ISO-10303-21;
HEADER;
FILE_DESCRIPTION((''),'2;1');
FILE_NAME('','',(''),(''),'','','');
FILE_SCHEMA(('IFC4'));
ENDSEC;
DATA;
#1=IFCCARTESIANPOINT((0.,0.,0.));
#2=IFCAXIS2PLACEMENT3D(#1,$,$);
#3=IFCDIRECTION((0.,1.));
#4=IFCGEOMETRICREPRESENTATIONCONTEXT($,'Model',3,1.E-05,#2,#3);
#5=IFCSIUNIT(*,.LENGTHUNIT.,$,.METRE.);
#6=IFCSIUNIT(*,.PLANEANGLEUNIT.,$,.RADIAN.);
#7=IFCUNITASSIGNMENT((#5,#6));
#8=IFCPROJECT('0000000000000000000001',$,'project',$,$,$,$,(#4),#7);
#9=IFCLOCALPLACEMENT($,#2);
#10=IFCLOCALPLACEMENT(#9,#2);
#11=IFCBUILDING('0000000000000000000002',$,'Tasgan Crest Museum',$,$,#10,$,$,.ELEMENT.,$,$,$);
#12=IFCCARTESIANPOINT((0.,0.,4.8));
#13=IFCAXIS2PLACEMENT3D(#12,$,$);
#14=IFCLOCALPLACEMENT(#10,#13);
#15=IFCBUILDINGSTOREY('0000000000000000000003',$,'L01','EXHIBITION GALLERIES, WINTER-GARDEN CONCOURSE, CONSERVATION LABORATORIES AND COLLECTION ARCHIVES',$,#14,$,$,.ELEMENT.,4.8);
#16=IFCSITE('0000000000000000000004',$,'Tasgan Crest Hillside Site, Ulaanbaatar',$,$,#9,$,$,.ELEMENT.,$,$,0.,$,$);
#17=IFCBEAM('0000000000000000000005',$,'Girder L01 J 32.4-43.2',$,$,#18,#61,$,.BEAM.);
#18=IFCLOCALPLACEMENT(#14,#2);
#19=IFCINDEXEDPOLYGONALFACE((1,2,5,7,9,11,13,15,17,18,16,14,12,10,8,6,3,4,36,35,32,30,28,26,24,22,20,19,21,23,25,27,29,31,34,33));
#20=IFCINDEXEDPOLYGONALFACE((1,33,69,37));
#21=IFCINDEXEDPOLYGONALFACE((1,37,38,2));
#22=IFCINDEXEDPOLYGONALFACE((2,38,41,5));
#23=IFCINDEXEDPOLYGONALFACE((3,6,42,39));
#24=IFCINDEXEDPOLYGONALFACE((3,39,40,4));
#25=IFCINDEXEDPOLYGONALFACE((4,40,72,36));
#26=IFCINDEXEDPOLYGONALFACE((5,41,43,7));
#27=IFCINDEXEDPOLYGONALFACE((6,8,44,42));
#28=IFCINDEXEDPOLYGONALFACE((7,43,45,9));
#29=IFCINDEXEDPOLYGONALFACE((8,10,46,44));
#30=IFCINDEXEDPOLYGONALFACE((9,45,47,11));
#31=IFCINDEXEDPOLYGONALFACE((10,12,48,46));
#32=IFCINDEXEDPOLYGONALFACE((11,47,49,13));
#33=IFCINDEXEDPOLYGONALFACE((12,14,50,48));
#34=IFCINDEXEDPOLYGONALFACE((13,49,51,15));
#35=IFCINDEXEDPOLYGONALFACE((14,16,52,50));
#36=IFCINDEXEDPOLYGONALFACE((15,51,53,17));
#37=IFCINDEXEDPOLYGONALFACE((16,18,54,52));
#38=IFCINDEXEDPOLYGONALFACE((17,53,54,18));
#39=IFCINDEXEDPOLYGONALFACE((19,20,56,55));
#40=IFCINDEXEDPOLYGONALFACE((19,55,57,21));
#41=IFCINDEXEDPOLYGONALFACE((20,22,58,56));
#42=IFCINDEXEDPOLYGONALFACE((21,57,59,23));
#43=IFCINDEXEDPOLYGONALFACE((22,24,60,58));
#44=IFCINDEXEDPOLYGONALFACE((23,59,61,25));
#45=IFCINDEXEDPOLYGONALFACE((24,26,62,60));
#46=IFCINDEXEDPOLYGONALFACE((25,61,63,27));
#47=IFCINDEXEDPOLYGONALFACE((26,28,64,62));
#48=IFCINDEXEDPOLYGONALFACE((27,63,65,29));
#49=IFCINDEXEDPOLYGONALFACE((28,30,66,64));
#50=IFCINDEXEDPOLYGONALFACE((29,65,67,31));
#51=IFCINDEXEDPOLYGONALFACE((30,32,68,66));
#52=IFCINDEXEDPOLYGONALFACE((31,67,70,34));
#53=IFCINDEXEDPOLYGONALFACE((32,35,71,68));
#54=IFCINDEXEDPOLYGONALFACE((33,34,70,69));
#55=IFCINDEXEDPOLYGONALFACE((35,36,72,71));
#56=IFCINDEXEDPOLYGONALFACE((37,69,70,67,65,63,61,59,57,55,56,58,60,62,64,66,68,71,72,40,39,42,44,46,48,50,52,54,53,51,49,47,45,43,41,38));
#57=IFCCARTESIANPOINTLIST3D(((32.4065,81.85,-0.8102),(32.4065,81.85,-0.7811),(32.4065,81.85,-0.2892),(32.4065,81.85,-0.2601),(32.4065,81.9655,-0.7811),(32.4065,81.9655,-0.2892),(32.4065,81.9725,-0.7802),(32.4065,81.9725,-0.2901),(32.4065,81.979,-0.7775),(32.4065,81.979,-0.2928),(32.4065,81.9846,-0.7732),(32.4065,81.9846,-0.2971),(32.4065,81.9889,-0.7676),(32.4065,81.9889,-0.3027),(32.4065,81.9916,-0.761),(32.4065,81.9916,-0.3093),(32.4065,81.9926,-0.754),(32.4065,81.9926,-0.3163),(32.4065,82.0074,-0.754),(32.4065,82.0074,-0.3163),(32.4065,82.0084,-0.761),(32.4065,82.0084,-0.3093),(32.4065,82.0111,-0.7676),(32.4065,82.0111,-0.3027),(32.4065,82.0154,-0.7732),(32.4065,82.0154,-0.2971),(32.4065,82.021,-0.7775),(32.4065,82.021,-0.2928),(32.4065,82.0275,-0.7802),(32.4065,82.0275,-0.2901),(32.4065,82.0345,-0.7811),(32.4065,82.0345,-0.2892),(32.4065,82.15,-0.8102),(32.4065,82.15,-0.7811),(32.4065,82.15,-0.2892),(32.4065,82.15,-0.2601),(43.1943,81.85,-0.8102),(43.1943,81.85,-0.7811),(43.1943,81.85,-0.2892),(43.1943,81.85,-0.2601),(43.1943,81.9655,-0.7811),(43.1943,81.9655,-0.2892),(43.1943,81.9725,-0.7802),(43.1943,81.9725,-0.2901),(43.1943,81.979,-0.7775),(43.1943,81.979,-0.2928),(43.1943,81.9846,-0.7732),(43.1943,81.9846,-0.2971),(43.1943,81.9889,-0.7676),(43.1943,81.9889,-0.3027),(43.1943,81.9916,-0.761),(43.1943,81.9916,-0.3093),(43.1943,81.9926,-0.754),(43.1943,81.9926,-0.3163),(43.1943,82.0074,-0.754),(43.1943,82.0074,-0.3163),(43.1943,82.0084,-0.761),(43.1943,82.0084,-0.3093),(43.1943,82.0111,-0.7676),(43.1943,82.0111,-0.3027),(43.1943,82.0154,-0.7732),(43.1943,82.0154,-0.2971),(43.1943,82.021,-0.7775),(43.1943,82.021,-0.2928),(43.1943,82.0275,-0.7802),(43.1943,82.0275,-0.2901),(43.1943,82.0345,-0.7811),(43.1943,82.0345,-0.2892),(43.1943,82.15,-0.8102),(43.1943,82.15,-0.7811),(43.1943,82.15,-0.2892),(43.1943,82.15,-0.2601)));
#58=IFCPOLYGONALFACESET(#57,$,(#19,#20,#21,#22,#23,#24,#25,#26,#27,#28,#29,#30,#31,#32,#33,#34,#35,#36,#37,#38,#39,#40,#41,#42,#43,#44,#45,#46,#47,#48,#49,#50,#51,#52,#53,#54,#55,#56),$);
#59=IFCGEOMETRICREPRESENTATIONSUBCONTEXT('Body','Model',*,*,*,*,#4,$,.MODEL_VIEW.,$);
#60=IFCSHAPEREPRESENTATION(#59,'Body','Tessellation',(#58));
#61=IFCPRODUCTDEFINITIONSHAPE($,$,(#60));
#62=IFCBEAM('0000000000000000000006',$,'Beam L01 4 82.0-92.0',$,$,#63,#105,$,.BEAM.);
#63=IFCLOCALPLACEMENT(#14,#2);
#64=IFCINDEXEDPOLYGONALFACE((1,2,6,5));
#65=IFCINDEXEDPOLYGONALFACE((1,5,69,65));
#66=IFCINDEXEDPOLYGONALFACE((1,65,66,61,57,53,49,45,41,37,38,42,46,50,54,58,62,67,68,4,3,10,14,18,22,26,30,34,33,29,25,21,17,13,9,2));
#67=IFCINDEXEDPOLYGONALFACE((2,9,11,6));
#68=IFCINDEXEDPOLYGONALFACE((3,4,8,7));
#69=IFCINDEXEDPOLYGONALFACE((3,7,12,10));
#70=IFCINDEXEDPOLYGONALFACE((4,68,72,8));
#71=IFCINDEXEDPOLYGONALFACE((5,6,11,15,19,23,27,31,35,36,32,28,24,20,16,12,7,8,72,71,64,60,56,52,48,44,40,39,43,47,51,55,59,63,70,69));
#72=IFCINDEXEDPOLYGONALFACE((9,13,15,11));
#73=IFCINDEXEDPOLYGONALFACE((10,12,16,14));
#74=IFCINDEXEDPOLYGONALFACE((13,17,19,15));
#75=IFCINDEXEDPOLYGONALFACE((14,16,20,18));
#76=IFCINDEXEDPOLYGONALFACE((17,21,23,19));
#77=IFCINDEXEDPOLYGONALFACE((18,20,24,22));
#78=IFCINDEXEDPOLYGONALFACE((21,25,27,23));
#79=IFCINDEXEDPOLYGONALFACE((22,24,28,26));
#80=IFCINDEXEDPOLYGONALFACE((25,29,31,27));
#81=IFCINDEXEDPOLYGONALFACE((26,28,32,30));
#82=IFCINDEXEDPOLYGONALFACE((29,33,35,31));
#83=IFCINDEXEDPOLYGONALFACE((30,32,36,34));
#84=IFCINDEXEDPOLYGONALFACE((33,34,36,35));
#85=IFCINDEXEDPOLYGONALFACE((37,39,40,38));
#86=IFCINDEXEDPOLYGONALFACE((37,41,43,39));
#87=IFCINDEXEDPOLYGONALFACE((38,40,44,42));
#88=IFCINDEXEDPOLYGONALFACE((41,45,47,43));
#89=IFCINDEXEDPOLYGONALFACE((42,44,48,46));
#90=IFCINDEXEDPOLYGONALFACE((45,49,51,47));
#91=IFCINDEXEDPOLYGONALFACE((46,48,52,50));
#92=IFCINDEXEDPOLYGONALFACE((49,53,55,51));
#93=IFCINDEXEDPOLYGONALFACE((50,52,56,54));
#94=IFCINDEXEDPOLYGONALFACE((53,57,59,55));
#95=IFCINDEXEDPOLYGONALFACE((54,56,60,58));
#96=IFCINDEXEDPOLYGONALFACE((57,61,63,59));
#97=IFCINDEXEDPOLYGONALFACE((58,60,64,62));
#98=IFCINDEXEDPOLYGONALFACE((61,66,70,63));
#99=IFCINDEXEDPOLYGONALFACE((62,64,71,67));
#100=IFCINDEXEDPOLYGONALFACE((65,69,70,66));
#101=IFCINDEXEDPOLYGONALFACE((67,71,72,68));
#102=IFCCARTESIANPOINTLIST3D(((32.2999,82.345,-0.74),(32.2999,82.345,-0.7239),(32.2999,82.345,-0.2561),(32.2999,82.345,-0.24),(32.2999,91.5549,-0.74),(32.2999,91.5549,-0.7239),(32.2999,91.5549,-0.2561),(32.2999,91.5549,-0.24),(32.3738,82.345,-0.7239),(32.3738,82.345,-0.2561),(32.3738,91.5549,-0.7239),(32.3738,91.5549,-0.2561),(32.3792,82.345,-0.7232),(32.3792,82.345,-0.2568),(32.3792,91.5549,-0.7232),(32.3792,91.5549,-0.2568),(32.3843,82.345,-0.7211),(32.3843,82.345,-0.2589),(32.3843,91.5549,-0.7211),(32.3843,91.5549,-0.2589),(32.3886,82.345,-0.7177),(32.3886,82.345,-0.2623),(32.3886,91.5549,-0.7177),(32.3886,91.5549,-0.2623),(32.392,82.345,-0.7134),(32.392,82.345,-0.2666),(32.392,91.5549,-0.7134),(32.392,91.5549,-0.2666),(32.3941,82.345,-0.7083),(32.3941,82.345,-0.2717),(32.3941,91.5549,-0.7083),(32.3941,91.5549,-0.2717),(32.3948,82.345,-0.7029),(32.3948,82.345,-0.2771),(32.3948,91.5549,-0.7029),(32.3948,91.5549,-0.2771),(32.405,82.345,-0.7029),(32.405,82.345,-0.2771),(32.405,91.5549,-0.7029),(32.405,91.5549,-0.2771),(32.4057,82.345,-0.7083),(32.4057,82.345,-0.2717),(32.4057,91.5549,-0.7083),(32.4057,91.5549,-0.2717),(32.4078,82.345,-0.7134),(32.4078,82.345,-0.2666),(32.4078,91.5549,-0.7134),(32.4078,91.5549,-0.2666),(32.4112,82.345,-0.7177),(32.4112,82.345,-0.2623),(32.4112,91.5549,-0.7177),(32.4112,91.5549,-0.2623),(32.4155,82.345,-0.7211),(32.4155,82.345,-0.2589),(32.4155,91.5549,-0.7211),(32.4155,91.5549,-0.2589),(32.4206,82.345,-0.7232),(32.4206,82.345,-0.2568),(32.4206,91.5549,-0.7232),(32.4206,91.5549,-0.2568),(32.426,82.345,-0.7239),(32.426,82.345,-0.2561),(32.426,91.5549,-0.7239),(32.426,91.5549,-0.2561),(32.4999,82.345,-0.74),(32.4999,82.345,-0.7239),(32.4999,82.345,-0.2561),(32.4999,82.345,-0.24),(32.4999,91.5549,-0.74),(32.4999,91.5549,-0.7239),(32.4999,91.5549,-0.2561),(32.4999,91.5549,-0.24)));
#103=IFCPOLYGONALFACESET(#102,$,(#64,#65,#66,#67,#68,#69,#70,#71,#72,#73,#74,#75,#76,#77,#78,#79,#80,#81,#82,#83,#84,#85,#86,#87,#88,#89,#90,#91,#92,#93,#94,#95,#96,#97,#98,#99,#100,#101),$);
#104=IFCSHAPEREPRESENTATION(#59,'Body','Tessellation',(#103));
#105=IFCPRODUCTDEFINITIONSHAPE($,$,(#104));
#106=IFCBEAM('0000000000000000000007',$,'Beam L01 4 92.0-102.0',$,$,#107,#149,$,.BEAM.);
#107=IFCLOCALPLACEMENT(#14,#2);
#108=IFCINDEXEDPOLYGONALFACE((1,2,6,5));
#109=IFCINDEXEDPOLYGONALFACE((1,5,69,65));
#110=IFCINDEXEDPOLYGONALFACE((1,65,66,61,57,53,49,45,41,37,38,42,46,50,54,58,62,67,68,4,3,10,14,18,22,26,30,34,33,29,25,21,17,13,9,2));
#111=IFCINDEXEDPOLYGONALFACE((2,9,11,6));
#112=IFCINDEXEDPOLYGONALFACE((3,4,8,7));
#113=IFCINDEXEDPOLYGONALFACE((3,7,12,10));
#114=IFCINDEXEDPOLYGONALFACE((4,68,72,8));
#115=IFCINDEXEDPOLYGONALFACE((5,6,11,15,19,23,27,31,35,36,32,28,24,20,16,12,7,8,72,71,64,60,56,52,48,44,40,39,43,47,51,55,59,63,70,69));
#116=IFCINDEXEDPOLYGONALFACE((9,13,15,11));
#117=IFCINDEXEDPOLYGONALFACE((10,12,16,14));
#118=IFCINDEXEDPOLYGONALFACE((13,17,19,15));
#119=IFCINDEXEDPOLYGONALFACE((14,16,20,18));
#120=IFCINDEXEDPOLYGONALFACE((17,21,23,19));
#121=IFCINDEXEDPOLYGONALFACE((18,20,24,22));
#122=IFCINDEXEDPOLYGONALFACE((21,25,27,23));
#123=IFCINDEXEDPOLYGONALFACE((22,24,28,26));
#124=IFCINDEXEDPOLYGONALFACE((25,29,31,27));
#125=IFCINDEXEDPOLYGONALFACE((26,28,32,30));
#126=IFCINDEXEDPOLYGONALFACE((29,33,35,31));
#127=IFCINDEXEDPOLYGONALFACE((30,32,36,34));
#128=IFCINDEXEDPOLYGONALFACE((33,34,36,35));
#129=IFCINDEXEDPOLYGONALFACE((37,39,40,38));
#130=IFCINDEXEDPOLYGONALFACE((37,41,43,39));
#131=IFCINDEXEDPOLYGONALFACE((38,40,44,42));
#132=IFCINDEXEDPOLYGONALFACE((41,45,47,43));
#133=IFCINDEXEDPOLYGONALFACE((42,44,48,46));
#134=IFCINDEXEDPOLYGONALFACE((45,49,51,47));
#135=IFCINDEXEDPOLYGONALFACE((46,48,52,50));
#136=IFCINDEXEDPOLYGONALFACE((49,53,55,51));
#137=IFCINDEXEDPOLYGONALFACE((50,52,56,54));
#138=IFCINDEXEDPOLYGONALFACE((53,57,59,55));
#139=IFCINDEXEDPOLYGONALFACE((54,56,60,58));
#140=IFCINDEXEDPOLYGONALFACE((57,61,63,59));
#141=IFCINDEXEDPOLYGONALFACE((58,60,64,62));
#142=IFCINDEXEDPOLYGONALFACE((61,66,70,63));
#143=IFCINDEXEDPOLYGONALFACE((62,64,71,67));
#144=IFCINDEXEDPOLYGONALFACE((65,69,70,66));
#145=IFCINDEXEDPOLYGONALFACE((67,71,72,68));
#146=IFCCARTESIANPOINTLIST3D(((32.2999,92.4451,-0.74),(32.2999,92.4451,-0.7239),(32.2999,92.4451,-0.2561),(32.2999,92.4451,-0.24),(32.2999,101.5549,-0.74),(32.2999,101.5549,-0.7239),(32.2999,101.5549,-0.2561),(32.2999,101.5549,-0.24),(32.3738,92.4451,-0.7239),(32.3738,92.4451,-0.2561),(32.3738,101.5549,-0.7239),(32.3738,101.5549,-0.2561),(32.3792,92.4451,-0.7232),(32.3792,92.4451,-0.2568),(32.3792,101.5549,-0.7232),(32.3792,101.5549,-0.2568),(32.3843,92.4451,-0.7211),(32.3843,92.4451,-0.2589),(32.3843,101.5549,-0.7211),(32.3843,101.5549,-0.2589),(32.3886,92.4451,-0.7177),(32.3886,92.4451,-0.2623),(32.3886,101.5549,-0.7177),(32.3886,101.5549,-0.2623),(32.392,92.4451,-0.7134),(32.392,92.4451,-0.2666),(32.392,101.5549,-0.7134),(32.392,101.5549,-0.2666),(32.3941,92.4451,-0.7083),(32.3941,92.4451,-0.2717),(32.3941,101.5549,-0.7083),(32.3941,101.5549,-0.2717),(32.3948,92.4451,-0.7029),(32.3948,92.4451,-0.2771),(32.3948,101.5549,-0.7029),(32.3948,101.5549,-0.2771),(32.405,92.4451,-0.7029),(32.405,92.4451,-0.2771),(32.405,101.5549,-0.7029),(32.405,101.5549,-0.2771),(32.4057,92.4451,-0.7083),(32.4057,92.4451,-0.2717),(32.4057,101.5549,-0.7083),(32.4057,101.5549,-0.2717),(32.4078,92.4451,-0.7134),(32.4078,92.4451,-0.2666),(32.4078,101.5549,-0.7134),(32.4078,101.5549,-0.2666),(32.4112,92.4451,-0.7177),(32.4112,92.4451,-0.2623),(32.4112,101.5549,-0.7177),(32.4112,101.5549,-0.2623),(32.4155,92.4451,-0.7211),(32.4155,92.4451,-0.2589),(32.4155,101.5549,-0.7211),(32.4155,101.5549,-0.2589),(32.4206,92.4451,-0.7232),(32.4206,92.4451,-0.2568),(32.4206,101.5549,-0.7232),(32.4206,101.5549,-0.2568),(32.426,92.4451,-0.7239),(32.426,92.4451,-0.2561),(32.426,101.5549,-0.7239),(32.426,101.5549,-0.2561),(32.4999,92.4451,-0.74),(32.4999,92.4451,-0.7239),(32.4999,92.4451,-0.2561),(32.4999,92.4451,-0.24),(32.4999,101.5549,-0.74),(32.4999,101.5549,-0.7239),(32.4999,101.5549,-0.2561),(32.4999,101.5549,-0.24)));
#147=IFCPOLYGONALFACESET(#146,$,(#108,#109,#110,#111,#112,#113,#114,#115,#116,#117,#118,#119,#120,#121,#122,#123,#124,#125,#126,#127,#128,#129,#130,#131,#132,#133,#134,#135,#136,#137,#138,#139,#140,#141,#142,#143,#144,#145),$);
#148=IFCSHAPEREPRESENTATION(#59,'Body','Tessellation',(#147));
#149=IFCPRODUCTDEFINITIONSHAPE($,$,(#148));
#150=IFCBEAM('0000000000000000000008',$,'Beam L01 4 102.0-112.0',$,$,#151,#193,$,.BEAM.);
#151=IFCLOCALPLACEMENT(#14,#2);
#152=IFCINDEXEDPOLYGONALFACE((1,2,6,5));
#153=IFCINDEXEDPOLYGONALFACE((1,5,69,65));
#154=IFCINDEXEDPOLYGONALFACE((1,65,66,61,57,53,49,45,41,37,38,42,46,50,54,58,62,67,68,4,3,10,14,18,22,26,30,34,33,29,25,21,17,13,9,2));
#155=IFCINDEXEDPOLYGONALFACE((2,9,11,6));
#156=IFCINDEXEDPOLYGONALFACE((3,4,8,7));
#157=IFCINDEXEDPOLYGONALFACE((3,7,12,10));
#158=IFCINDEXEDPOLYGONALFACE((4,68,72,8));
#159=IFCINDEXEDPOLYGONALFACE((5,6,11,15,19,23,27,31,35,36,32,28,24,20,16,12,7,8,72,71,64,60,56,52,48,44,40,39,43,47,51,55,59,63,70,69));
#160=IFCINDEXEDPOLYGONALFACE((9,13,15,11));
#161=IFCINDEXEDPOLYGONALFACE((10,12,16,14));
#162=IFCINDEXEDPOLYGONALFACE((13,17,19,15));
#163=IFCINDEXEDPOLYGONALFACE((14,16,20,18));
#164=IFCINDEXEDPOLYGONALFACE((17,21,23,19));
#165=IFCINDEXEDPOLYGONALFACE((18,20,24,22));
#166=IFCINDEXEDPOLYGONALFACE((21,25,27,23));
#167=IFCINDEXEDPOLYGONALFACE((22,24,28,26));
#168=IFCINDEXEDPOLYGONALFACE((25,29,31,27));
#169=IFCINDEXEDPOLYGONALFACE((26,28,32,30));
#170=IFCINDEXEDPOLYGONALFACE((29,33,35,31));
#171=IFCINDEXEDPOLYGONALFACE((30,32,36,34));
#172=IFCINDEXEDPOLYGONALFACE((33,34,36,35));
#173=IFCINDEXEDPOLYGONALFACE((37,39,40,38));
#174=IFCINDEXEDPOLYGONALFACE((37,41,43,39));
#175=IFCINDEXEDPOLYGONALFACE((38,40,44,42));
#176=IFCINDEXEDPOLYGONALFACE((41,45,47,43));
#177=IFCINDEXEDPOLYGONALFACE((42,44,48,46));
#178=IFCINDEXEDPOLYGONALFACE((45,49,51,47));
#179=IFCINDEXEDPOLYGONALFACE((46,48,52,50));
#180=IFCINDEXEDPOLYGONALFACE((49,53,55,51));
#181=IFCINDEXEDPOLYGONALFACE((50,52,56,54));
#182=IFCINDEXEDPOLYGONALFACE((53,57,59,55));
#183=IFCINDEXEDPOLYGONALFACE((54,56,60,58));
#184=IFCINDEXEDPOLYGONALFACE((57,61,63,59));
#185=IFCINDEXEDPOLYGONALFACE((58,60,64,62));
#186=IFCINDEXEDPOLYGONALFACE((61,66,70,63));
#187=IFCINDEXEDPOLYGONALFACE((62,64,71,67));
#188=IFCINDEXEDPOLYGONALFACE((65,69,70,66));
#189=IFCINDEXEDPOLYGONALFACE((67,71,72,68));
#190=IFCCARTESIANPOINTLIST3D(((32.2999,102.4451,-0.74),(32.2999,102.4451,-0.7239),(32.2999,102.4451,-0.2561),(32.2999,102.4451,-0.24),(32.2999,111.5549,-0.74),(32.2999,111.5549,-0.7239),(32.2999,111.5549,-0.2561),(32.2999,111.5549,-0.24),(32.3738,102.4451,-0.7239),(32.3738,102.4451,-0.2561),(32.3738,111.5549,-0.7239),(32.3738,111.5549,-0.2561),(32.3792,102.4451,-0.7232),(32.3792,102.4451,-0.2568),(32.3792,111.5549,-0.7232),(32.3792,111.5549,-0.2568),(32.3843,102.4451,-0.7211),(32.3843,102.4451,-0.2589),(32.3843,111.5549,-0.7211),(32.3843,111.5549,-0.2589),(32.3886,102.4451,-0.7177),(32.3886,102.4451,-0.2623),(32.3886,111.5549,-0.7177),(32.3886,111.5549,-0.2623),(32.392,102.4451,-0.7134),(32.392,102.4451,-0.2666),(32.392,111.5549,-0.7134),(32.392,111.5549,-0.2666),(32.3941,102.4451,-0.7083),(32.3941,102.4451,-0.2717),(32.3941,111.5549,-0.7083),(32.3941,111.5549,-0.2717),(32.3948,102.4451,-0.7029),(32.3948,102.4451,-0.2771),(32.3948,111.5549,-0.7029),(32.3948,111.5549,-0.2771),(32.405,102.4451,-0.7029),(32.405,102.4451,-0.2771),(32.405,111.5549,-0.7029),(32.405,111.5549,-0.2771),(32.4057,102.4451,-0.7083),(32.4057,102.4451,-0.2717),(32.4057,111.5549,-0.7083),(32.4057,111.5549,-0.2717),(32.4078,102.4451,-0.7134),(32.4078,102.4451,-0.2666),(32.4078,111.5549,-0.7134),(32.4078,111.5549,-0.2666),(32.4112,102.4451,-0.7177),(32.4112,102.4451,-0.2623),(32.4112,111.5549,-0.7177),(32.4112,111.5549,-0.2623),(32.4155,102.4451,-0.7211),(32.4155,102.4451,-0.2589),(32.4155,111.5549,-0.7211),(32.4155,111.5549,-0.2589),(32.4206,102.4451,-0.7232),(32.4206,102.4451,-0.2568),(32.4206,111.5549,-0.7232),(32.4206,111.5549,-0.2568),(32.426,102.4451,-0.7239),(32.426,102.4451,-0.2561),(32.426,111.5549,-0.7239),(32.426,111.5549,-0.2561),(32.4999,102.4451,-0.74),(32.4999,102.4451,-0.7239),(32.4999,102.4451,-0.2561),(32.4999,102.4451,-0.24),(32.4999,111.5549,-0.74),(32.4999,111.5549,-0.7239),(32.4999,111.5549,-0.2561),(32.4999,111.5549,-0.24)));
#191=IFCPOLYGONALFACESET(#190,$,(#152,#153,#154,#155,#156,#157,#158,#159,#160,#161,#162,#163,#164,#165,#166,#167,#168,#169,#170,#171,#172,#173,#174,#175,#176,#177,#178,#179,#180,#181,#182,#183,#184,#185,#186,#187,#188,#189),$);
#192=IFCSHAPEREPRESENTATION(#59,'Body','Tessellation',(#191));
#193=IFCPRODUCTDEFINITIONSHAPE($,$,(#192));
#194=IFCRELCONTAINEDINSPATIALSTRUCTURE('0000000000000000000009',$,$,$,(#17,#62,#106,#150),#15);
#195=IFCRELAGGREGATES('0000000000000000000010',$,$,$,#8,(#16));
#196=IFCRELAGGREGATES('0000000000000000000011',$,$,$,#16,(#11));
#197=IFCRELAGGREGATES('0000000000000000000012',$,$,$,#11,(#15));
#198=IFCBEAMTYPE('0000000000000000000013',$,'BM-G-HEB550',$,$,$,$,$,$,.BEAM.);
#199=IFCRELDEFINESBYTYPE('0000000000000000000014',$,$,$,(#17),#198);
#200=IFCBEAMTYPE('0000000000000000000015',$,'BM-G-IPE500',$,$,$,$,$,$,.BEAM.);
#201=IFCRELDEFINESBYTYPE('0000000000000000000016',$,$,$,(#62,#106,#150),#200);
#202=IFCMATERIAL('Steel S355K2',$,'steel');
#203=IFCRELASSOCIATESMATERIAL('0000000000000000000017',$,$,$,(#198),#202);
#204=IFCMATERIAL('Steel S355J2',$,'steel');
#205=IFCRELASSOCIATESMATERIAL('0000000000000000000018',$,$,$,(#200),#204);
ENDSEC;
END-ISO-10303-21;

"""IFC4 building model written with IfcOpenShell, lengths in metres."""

from ifc_helpers import new_model, si_unit, direction, frame, origin, origin_2d, place, context, subcontext, project, spatial, i_section, extrude, material, material_profile, profile_set, type_object, element, save


model = new_model("IFC4")

# Units and contexts
model_context = context("Model", 3, precision=1e-05, world=origin(), true_north=direction((0.0, 1.0)))
body_context = subcontext(model_context, "Body", "Model", "MODEL_VIEW")
ifc_project = project(units=[si_unit("LENGTHUNIT", "METRE"), si_unit("PLANEANGLEUNIT", "RADIAN")], contexts=[model_context])

# Site, building, storey
site_placement = place(None, origin())
site = spatial("IfcSite", under=ifc_project, at=site_placement, Name="Tasgan Crest Hillside Site, Ulaanbaatar", CompositionType="ELEMENT", RefElevation=0.0)
building_placement = place(site_placement, origin())
building = spatial("IfcBuilding", under=site, at=building_placement, Name="Tasgan Crest Museum", CompositionType="ELEMENT")
storey_placement = place(building_placement, frame((0.0, 0.0, 4.8)))
storey = spatial("IfcBuildingStorey", under=building, at=storey_placement, Name="L01", Description="EXHIBITION GALLERIES, WINTER-GARDEN CONCOURSE, CONSERVATION LABORATORIES AND COLLECTION ARCHIVES", CompositionType="ELEMENT", Elevation=4.8)

# Beams
ifc_material_1 = material(Name="Steel S355K2", Category="steel")
ifc_material_profile_1 = material_profile(ifc_material_1, i_section(OverallWidth=0.3, OverallDepth=0.55, WebThickness=0.0149, FlangeThickness=0.0291, FilletRadius=0.0271, at=origin_2d()), Name="HEB 550")
ifc_profile_set_1 = profile_set([ifc_material_profile_1], Name="Steel S355K2")
beam_type_1 = type_object("IfcBeamType", Name="BM-G-HEB550", PredefinedType="BEAM", material=ifc_profile_set_1)
beam_1_placement = place(storey_placement, frame((32.4065, 82.0, -0.5352), z_axis=(1.0, 0.0, 0.0), x_axis=(0.0, 1.0, 0.0)))
element("IfcBeam", 1, at=beam_1_placement, inside=storey, type_object=beam_type_1, Name="Girder L01 J 32.4-43.2", PredefinedType="BEAM", context=body_context, shape_type="SweptSolid", body=[
    extrude(i_section(OverallWidth=0.3, OverallDepth=0.55, WebThickness=0.0149, FlangeThickness=0.0291, FilletRadius=0.0271, at=origin_2d()), origin(), (0.0, 0.0, 1.0), 10.7878),
])
ifc_material_2 = material(Name="Steel S355J2", Category="steel")
ifc_material_profile_2 = material_profile(ifc_material_2, i_section(OverallWidth=0.2, OverallDepth=0.5, WebThickness=0.0103, FlangeThickness=0.0161, FilletRadius=0.021, at=origin_2d()), Name="IPE 500")
ifc_profile_set_2 = profile_set([ifc_material_profile_2], Name="Steel S355J2")
beam_type_2 = type_object("IfcBeamType", Name="BM-G-IPE500", PredefinedType="BEAM", material=ifc_profile_set_2)
beam_2_placement = place(storey_placement, frame((32.3999, 82.345, -0.49), z_axis=(0.0, 1.0, 0.0), x_axis=(-1.0, 0.0, 0.0)))
element("IfcBeam", 2, at=beam_2_placement, inside=storey, type_object=beam_type_2, Name="Beam L01 4 82.0-92.0", PredefinedType="BEAM", context=body_context, shape_type="SweptSolid", body=[
    extrude(i_section(OverallWidth=0.2, OverallDepth=0.5, WebThickness=0.0103, FlangeThickness=0.0161, FilletRadius=0.021, at=origin_2d()), origin(), (0.0, 0.0, 1.0), 9.21),
])
for number, where, z_axis, x_axis, name in (
    (3, (32.3999, 92.4451, -0.49), (0.0, 1.0, 0.0), (-1.0, 0.0, 0.0), "Beam L01 4 92.0-102.0"),
    (4, (32.3999, 102.4451, -0.49), (0.0, 1.0, 0.0), (-1.0, 0.0, 0.0), "Beam L01 4 102.0-112.0"),
):
    element("IfcBeam", number, at=place(storey_placement, frame(where, z_axis=z_axis, x_axis=x_axis)), inside=storey, type_object=beam_type_2, Name=name, PredefinedType="BEAM", context=body_context, shape_type="SweptSolid", body=[
        extrude(i_section(OverallWidth=0.2, OverallDepth=0.5, WebThickness=0.0103, FlangeThickness=0.0161, FilletRadius=0.021, at=origin_2d()), origin(), (0.0, 0.0, 1.0), 9.1099),
    ])

save(model, "model.ifc")
